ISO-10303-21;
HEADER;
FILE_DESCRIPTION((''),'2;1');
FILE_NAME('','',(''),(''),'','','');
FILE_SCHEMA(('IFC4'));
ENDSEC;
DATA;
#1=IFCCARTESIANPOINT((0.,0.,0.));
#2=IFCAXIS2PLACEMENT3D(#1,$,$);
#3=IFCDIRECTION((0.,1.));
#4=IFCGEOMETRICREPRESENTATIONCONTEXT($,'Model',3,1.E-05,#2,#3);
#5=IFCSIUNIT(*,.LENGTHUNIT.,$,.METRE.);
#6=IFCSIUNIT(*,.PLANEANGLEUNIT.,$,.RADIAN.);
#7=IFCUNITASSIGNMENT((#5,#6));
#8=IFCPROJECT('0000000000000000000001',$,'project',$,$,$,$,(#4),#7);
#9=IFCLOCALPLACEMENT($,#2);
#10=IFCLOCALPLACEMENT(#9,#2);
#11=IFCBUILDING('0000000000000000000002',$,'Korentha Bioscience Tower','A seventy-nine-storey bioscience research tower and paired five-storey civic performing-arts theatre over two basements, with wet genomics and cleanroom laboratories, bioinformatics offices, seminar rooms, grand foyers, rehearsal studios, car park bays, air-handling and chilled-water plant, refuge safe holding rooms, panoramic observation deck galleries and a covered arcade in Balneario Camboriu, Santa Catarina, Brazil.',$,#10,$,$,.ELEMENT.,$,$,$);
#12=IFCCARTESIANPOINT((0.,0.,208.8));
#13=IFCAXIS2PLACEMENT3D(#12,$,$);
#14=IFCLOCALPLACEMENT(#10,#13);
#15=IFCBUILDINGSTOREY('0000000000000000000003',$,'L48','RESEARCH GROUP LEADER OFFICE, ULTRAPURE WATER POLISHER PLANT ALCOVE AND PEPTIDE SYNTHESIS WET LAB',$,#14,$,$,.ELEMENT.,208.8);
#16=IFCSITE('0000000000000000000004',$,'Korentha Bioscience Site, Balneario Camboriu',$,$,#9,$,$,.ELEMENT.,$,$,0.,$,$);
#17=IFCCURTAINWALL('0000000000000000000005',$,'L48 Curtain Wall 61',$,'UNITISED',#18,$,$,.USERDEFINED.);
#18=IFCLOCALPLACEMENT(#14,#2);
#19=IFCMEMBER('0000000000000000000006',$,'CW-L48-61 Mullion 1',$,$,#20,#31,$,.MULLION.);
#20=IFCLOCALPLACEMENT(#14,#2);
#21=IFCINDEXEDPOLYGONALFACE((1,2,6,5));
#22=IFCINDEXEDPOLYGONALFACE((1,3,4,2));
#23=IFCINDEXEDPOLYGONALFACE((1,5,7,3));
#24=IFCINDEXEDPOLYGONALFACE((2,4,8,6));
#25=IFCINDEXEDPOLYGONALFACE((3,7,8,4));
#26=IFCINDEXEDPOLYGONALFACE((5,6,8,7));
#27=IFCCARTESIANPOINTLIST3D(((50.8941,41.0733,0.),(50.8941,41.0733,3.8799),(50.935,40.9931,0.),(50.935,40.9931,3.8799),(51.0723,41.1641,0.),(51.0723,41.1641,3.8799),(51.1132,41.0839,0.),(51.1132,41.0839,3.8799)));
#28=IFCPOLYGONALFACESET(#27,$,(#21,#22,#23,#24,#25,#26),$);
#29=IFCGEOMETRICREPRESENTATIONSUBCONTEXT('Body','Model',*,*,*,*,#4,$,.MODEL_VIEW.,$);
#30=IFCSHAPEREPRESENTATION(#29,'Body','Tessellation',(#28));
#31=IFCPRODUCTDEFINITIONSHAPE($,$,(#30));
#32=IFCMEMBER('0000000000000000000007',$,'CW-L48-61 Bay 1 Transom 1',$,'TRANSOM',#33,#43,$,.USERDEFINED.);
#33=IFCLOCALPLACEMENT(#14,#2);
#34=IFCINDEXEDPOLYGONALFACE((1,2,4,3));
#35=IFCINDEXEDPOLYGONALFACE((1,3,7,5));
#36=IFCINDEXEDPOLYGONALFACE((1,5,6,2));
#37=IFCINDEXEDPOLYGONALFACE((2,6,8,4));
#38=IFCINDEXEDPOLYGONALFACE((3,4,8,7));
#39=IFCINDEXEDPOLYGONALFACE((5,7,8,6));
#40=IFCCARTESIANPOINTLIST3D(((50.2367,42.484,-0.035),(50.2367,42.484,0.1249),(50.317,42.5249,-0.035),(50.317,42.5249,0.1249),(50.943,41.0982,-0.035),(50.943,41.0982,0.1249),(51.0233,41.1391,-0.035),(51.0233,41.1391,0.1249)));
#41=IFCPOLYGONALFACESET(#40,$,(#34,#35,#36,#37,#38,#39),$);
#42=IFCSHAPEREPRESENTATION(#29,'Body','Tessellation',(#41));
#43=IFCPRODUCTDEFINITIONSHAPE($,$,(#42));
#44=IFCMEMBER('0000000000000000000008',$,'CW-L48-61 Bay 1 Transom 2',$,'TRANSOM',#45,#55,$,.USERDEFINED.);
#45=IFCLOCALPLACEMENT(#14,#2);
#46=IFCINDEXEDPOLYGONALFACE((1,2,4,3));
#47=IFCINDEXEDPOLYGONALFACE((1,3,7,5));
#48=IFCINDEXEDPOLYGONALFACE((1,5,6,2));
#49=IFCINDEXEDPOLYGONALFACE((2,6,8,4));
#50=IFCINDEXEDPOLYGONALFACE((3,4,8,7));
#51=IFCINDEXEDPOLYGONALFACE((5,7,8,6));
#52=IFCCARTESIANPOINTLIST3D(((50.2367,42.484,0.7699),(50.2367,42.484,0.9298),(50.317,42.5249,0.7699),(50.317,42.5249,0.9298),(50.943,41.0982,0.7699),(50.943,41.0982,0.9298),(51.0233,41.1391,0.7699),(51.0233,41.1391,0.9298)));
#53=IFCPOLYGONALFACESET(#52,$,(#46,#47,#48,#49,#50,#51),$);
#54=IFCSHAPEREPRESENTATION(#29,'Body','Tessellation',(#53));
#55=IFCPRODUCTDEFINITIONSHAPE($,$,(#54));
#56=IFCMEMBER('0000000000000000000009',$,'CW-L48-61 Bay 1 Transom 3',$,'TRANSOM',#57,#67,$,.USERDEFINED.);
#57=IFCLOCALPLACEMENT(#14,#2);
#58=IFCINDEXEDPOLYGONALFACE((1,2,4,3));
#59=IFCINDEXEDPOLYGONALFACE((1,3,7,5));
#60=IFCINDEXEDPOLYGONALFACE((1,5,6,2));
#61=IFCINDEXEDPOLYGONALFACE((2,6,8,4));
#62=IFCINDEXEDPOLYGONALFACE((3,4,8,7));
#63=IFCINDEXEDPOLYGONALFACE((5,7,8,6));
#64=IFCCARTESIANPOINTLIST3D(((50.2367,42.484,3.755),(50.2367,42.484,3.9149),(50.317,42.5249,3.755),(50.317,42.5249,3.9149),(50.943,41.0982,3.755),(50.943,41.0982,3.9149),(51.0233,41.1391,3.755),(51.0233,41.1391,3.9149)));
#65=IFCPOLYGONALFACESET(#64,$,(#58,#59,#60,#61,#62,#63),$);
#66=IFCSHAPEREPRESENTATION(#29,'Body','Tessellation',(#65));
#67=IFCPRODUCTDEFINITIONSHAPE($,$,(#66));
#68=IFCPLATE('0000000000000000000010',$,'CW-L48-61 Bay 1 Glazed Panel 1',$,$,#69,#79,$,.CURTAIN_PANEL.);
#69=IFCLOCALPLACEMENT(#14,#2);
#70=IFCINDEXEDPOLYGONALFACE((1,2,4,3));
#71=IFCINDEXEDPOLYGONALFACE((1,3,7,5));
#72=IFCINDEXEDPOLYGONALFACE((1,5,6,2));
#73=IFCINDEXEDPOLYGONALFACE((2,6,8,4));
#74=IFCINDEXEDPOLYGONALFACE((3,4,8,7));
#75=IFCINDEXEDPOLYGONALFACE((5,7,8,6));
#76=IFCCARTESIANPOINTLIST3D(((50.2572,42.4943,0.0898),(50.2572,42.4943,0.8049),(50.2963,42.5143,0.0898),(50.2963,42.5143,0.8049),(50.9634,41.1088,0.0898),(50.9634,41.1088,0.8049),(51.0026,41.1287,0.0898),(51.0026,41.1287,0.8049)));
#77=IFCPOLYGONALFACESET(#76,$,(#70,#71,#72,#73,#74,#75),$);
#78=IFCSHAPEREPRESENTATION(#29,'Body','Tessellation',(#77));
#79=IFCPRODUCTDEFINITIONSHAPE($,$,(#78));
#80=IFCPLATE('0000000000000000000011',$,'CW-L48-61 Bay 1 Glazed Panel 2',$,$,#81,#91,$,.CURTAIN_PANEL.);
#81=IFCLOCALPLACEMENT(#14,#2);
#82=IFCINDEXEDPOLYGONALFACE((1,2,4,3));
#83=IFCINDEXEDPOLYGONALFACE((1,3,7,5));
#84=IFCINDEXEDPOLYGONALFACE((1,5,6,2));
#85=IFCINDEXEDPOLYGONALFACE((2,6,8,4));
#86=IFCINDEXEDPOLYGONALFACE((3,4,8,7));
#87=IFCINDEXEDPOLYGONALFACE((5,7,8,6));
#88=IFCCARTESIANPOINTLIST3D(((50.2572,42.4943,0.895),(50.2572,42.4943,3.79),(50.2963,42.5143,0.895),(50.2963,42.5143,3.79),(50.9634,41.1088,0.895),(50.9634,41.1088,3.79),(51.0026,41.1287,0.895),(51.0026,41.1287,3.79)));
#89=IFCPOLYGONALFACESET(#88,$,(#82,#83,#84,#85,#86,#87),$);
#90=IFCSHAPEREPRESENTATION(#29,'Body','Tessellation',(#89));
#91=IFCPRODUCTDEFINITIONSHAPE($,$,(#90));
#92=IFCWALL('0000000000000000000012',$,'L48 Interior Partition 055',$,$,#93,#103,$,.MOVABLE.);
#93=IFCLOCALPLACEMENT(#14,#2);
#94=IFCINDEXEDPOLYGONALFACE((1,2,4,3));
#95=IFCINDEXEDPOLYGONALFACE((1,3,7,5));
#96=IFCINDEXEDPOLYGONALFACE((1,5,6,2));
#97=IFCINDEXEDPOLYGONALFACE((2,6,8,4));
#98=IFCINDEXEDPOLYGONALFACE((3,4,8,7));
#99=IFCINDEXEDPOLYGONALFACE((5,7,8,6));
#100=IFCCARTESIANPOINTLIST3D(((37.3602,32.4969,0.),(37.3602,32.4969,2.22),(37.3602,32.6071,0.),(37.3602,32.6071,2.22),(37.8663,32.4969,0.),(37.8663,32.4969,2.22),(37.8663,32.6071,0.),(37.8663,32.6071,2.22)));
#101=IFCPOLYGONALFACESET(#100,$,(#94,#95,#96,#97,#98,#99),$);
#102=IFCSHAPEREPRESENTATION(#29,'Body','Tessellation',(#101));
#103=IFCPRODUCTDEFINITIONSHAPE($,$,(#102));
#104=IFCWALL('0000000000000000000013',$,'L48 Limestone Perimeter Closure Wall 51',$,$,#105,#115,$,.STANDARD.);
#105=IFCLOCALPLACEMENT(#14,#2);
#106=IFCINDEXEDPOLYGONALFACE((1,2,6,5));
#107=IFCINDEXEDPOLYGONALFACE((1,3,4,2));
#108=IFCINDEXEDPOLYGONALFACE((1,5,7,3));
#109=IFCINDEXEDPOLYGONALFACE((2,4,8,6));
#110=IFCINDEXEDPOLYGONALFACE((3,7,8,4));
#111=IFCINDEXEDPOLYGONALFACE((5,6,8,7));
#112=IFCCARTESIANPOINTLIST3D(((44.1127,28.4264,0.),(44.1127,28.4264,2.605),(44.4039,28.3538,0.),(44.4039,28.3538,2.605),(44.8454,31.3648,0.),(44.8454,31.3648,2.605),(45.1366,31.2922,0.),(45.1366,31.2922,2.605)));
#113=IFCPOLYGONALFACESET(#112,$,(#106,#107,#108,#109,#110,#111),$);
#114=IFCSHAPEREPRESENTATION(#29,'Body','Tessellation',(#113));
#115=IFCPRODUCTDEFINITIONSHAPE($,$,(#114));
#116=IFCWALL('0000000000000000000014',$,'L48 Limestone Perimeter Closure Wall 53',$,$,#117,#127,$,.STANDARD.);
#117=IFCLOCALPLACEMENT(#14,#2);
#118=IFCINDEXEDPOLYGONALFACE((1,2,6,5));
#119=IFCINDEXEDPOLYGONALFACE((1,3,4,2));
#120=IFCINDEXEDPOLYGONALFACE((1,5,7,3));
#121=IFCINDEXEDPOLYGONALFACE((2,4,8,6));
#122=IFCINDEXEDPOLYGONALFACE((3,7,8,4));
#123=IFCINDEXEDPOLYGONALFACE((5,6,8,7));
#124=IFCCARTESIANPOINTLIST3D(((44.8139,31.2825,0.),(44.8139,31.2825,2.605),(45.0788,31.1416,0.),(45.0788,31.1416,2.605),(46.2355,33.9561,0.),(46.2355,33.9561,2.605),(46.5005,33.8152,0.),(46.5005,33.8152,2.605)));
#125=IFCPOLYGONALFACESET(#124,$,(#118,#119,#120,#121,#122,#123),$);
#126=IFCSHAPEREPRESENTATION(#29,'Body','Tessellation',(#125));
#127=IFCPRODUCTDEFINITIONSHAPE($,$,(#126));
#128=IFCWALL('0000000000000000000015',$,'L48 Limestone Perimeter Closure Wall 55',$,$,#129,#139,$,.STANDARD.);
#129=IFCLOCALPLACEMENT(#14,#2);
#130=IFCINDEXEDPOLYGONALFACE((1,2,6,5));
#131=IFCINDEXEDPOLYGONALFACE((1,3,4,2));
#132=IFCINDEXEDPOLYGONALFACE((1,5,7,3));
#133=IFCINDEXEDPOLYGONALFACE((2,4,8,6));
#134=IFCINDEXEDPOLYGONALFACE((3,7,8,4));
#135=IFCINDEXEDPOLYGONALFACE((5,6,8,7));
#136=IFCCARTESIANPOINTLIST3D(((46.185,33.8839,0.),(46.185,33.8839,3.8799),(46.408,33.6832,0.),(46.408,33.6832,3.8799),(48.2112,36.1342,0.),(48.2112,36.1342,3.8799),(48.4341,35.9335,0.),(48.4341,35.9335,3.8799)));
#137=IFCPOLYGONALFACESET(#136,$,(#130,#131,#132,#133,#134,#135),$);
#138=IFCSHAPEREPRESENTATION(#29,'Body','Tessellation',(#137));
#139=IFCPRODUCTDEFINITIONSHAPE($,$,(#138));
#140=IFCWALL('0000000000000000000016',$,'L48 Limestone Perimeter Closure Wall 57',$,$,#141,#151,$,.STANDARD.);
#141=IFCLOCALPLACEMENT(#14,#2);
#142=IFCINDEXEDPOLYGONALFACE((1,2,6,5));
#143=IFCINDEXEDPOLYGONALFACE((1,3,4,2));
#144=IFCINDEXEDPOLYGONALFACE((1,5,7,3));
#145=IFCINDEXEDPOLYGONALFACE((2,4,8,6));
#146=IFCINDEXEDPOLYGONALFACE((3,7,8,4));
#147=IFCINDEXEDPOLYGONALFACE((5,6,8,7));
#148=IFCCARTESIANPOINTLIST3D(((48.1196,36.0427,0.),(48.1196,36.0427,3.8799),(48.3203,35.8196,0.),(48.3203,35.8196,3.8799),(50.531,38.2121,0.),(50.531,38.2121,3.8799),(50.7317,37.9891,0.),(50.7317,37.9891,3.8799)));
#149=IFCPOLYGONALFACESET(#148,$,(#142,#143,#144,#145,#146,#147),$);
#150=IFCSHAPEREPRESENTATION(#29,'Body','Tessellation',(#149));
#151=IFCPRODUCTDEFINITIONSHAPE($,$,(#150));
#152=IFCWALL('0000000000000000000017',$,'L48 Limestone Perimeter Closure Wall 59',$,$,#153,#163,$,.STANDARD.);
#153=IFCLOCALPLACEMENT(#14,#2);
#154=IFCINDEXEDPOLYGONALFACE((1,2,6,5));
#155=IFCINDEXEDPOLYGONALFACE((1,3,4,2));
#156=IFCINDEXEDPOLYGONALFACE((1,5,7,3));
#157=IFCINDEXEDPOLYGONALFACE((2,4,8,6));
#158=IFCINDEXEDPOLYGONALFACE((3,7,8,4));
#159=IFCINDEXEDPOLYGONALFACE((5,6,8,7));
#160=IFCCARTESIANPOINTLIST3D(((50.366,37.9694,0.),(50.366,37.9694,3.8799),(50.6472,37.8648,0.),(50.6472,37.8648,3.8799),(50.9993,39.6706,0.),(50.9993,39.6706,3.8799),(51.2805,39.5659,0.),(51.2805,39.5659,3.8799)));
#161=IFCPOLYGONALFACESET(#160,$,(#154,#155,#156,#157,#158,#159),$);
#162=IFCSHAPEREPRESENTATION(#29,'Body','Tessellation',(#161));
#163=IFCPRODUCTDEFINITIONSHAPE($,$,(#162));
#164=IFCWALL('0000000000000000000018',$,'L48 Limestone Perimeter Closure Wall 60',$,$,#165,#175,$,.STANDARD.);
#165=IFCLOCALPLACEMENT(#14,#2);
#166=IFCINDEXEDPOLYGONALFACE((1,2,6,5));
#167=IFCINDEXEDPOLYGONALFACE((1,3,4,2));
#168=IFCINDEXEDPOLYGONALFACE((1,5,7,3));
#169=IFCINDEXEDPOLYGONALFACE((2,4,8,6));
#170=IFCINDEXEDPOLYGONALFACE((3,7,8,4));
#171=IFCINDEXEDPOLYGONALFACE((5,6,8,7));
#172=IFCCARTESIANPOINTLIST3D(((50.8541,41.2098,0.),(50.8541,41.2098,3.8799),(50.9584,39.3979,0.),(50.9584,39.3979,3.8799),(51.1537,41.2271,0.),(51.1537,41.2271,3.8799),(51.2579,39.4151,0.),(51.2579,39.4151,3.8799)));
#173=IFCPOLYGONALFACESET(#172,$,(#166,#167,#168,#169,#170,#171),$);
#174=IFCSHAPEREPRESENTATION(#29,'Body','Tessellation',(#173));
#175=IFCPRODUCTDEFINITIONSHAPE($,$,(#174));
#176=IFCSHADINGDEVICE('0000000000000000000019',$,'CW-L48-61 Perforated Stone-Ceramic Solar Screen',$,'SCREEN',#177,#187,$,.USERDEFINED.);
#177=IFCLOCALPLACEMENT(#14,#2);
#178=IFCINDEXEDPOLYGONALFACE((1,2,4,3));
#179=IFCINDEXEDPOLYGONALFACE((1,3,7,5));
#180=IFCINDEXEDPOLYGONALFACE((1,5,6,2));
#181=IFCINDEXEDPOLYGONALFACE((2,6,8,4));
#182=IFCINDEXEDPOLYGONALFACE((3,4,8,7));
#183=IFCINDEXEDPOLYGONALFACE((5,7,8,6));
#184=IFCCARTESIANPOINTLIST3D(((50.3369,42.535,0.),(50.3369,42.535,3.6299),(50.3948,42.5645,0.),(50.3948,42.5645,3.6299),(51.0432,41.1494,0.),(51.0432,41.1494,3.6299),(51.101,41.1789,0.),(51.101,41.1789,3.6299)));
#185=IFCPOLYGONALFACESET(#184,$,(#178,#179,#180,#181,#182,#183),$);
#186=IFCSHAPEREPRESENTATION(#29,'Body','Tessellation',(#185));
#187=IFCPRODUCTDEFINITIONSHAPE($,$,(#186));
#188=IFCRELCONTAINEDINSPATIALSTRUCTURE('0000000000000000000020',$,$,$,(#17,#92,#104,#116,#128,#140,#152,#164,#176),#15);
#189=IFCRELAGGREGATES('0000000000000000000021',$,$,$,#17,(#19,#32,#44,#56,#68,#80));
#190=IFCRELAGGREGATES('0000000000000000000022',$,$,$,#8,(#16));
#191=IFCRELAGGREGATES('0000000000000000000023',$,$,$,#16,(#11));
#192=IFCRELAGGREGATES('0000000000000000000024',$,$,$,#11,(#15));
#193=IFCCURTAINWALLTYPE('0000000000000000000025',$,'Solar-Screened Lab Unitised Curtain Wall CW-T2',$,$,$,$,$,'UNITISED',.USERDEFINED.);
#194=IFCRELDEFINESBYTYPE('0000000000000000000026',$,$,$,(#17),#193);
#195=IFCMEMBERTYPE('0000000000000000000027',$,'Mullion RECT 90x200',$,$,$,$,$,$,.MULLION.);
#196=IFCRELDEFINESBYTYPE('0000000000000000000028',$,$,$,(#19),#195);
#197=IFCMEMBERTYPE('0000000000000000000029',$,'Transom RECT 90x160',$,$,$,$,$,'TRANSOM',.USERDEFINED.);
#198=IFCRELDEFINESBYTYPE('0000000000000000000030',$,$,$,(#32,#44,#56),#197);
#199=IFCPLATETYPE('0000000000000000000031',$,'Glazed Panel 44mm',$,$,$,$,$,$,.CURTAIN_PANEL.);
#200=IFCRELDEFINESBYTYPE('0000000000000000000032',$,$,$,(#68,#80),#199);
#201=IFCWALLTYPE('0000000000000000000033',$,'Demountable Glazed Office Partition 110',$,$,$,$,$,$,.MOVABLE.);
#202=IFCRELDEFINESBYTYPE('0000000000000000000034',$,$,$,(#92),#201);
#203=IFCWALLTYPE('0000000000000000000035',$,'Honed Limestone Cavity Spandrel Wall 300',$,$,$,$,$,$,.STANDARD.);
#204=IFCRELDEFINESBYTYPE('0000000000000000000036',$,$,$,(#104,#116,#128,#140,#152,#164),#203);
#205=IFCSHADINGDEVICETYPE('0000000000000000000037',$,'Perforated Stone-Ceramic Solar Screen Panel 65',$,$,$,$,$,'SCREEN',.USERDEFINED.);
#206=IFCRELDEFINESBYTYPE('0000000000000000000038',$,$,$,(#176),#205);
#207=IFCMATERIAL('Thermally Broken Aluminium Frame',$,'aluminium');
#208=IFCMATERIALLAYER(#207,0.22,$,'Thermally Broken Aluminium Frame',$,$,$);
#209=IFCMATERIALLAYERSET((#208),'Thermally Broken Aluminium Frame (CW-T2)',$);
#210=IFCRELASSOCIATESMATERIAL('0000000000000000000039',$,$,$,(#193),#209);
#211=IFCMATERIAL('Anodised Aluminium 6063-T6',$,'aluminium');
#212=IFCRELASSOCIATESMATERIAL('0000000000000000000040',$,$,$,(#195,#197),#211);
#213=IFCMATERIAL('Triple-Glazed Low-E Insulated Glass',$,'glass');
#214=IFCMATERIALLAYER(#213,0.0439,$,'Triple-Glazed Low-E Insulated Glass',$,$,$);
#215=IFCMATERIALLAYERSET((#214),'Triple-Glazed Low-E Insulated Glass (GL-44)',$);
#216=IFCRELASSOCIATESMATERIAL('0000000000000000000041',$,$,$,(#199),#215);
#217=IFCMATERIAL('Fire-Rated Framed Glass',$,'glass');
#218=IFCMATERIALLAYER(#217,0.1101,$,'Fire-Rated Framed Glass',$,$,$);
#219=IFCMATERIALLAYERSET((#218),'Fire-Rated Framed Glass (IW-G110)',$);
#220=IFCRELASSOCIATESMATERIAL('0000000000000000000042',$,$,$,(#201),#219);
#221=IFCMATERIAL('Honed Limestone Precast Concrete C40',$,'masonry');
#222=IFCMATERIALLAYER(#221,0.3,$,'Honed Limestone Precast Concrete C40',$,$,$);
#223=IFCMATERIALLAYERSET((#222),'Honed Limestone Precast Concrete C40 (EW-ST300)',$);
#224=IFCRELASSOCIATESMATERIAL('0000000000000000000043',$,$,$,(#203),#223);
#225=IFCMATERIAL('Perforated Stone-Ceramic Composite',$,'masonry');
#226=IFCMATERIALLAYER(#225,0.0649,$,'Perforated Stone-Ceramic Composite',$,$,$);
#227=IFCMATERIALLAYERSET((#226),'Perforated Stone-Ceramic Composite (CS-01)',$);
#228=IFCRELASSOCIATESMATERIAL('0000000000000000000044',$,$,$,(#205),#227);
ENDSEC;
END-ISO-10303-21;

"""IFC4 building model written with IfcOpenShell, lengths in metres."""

from ifc_helpers import new_model, si_unit, direction, frame, frame_2d, origin, origin_2d, place, context, subcontext, project, spatial, rectangle, extrude, material, layer, layer_set, material_profile, profile_set, type_object, element, aggregate, save


model = new_model("IFC4")

# Units and contexts
model_context = context("Model", 3, precision=1e-05, world=origin(), true_north=direction((0.0, 1.0)))
body_context = subcontext(model_context, "Body", "Model", "MODEL_VIEW")
ifc_project = project(units=[si_unit("LENGTHUNIT", "METRE"), si_unit("PLANEANGLEUNIT", "RADIAN")], contexts=[model_context])

# Site, building, storey
site_placement = place(None, origin())
site = spatial("IfcSite", under=ifc_project, at=site_placement, Name="Korentha Bioscience Site, Balneario Camboriu", CompositionType="ELEMENT", RefElevation=0.0)
building_placement = place(site_placement, origin())
building = spatial("IfcBuilding", under=site, at=building_placement, Name="Korentha Bioscience Tower", Description="A seventy-nine-storey bioscience research tower and paired five-storey civic performing-arts theatre over two basements, with wet genomics and cleanroom laboratories, bioinformatics offices, seminar rooms, grand foyers, rehearsal studios, car park bays, air-handling and chilled-water plant, refuge safe holding rooms, panoramic observation deck galleries and a covered arcade in Balneario Camboriu, Santa Catarina, Brazil.", CompositionType="ELEMENT")
storey_placement = place(building_placement, frame((0.0, 0.0, 208.8)))
storey = spatial("IfcBuildingStorey", under=building, at=storey_placement, Name="L48", Description="RESEARCH GROUP LEADER OFFICE, ULTRAPURE WATER POLISHER PLANT ALCOVE AND PEPTIDE SYNTHESIS WET LAB", CompositionType="ELEMENT", Elevation=208.8)

# Curtain wall, members, plates
ifc_material_1 = material(Name="Thermally Broken Aluminium Frame", Category="aluminium")
ifc_layer_1 = layer(ifc_material_1, 0.22, Name="Thermally Broken Aluminium Frame")
ifc_layer_set_1 = layer_set([ifc_layer_1], Name="Thermally Broken Aluminium Frame (CW-T2)")
curtain_wall_type = type_object("IfcCurtainWallType", Name="Solar-Screened Lab Unitised Curtain Wall CW-T2", ElementType="UNITISED", PredefinedType="USERDEFINED", material=ifc_layer_set_1)
curtain_wall_placement = place(storey_placement, origin())
curtain_wall = element("IfcCurtainWall", 1, at=curtain_wall_placement, inside=storey, type_object=curtain_wall_type, Name="L48 Curtain Wall 61", ObjectType="UNITISED", PredefinedType="USERDEFINED")
ifc_material_2 = material(Name="Anodised Aluminium 6063-T6", Category="aluminium")
ifc_material_profile_1 = material_profile(ifc_material_2, rectangle(XDim=0.0901, YDim=0.2, at=origin_2d()), Name="Anodised Aluminium 6063-T6")
ifc_profile_set_1 = profile_set([ifc_material_profile_1], Name="Anodised Aluminium 6063-T6 (CW-MUL)")
member_type_1 = type_object("IfcMemberType", Name="Mullion RECT 90x200", PredefinedType="MULLION", material=ifc_profile_set_1)
member_1_placement = place(storey_placement, frame((51.0037, 41.0786, 0.0), z_axis=(0.0, 0.0, 1.0), x_axis=(-0.454116, 0.890943, 0.0)))
member_1 = element("IfcMember", 2, at=member_1_placement, type_object=member_type_1, Name="CW-L48-61 Mullion 1", PredefinedType="MULLION", context=body_context, shape_type="SweptSolid", body=[
    extrude(rectangle(XDim=0.0901, YDim=0.2, at=origin_2d()), origin(), (0.0, 0.0, 1.0), 3.8799),
])
ifc_material_profile_2 = material_profile(ifc_material_2, rectangle(XDim=0.0901, YDim=0.1599, at=origin_2d()), Name="Anodised Aluminium 6063-T6")
ifc_profile_set_2 = profile_set([ifc_material_profile_2], Name="Anodised Aluminium 6063-T6 (CW-TRN)")
member_type_2 = type_object("IfcMemberType", Name="Transom RECT 90x160", ElementType="TRANSOM", PredefinedType="USERDEFINED", material=ifc_profile_set_2)
member_2_placement = place(storey_placement, frame((50.9832, 41.1187, 0.0449), z_axis=(-0.454107, 0.890947, 0.0), x_axis=(-0.890947, -0.454107, 0.0)))
member_2 = element("IfcMember", 3, at=member_2_placement, type_object=member_type_2, Name="CW-L48-61 Bay 1 Transom 1", ObjectType="TRANSOM", PredefinedType="USERDEFINED", context=body_context, shape_type="SweptSolid", body=[
    extrude(rectangle(XDim=0.0901, YDim=0.1599, at=origin_2d()), origin(), (0.0, 0.0, 1.0), 1.5554),
])
member_3_placement = place(storey_placement, frame((50.9832, 41.1187, 0.8499), z_axis=(-0.454107, 0.890947, 0.0), x_axis=(-0.890947, -0.454107, 0.0)))
member_3 = element("IfcMember", 4, at=member_3_placement, type_object=member_type_2, Name="CW-L48-61 Bay 1 Transom 2", ObjectType="TRANSOM", PredefinedType="USERDEFINED", context=body_context, shape_type="SweptSolid", body=[
    extrude(rectangle(XDim=0.0901, YDim=0.1599, at=origin_2d()), origin(), (0.0, 0.0, 1.0), 1.5554),
])
member_4_placement = place(storey_placement, frame((50.9832, 41.1187, 3.835), z_axis=(-0.454107, 0.890947, 0.0), x_axis=(-0.890947, -0.454107, 0.0)))
member_4 = element("IfcMember", 5, at=member_4_placement, type_object=member_type_2, Name="CW-L48-61 Bay 1 Transom 3", ObjectType="TRANSOM", PredefinedType="USERDEFINED", context=body_context, shape_type="SweptSolid", body=[
    extrude(rectangle(XDim=0.0901, YDim=0.1599, at=origin_2d()), origin(), (0.0, 0.0, 1.0), 1.5554),
])
ifc_material_3 = material(Name="Triple-Glazed Low-E Insulated Glass", Category="glass")
ifc_layer_2 = layer(ifc_material_3, 0.0439, Name="Triple-Glazed Low-E Insulated Glass")
ifc_layer_set_2 = layer_set([ifc_layer_2], Name="Triple-Glazed Low-E Insulated Glass (GL-44)")
plate_type = type_object("IfcPlateType", Name="Glazed Panel 44mm", PredefinedType="CURTAIN_PANEL", material=ifc_layer_set_2)
plate_1_placement = place(storey_placement, frame((50.6299, 41.8115, 0.0898), z_axis=(0.0, 0.0, 1.0), x_axis=(-0.454116, 0.890943, 0.0)))
plate_1 = element("IfcPlate", 6, at=plate_1_placement, type_object=plate_type, Name="CW-L48-61 Bay 1 Glazed Panel 1", PredefinedType="CURTAIN_PANEL", context=body_context, shape_type="SweptSolid", body=[
    extrude(rectangle(XDim=1.5552, YDim=0.0439, at=origin_2d()), origin(), (0.0, 0.0, 1.0), 0.7151),
])
plate_2_placement = place(storey_placement, frame((50.6299, 41.8115, 0.895), z_axis=(0.0, 0.0, 1.0), x_axis=(-0.454116, 0.890943, 0.0)))
plate_2 = element("IfcPlate", 7, at=plate_2_placement, type_object=plate_type, Name="CW-L48-61 Bay 1 Glazed Panel 2", PredefinedType="CURTAIN_PANEL", context=body_context, shape_type="SweptSolid", body=[
    extrude(rectangle(XDim=1.5552, YDim=0.0439, at=origin_2d()), origin(), (0.0, 0.0, 1.0), 2.895),
])
aggregate(curtain_wall, [member_1, member_2, member_3, member_4, plate_1, plate_2])

# Walls
ifc_material_4 = material(Name="Fire-Rated Framed Glass", Category="glass")
ifc_layer_3 = layer(ifc_material_4, 0.1101, Name="Fire-Rated Framed Glass")
ifc_layer_set_3 = layer_set([ifc_layer_3], Name="Fire-Rated Framed Glass (IW-G110)")
wall_type_1 = type_object("IfcWallType", Name="Demountable Glazed Office Partition 110", PredefinedType="MOVABLE", material=ifc_layer_set_3)
wall_1_placement = place(storey_placement, frame((37.8662, 32.552, 0.0), z_axis=(0.0, 0.0, 1.0), x_axis=(-1.0, 0.0, 0.0)))
element("IfcWall", 8, at=wall_1_placement, inside=storey, type_object=wall_type_1, Name="L48 Interior Partition 055", PredefinedType="MOVABLE", context=body_context, shape_type="SweptSolid", body=[
    extrude(rectangle(XDim=0.5061, YDim=0.1101, at=frame_2d((0.2529, 0.0))), origin(), (0.0, 0.0, 1.0), 2.22),
])
ifc_material_5 = material(Name="Honed Limestone Precast Concrete C40", Category="masonry")
ifc_layer_4 = layer(ifc_material_5, 0.3, Name="Honed Limestone Precast Concrete C40")
ifc_layer_set_4 = layer_set([ifc_layer_4], Name="Honed Limestone Precast Concrete C40 (EW-ST300)")
wall_type_2 = type_object("IfcWallType", Name="Honed Limestone Cavity Spandrel Wall 300", PredefinedType="STANDARD", material=ifc_layer_set_4)
wall_2_placement = place(storey_placement, frame((44.2583, 28.3901, 0.0), z_axis=(0.0, 0.0, 1.0), x_axis=(0.241948, 0.970289, 0.0)))
element("IfcWall", 9, at=wall_2_placement, inside=storey, type_object=wall_type_2, Name="L48 Limestone Perimeter Closure Wall 51", PredefinedType="STANDARD", context=body_context, shape_type="SweptSolid", body=[
    extrude(rectangle(XDim=3.0283, YDim=0.3, at=frame_2d((1.5142, 0.0))), origin(), (0.0, 0.0, 1.0), 2.605),
])
wall_3_placement = place(storey_placement, frame((44.9463, 31.2119, 0.0), z_axis=(0.0, 0.0, 1.0), x_axis=(0.469487, 0.882939, 0.0)))
element("IfcWall", 10, at=wall_3_placement, inside=storey, type_object=wall_type_2, Name="L48 Limestone Perimeter Closure Wall 53", PredefinedType="STANDARD", context=body_context, shape_type="SweptSolid", body=[
    extrude(rectangle(XDim=3.0281, YDim=0.3, at=frame_2d((1.5142, 0.0))), origin(), (0.0, 0.0, 1.0), 2.605),
])
wall_4_placement = place(storey_placement, frame((46.2964, 33.7834, 0.0), z_axis=(0.0, 0.0, 1.0), x_axis=(0.66913, 0.743146, 0.0)))
element("IfcWall", 11, at=wall_4_placement, inside=storey, type_object=wall_type_2, Name="L48 Limestone Perimeter Closure Wall 55", PredefinedType="STANDARD", context=body_context, shape_type="SweptSolid", body=[
    extrude(rectangle(XDim=3.0281, YDim=0.3, at=frame_2d((1.5142, 0.0))), origin(), (0.0, 0.0, 1.0), 3.8799),
])
wall_5_placement = place(storey_placement, frame((48.22, 35.9312, 0.0), z_axis=(0.0, 0.0, 1.0), x_axis=(0.743418, 0.668827, 0.0)))
element("IfcWall", 12, at=wall_5_placement, inside=storey, type_object=wall_type_2, Name="L48 Limestone Perimeter Closure Wall 57", PredefinedType="STANDARD", context=body_context, shape_type="SweptSolid", body=[
    extrude(rectangle(XDim=3.2437, YDim=0.3, at=frame_2d((1.6218, 0.0))), origin(), (0.0, 0.0, 1.0), 3.8799),
])
wall_6_placement = place(storey_placement, frame((50.5066, 37.917, 0.0), z_axis=(0.0, 0.0, 1.0), x_axis=(0.348882, 0.937167, 0.0)))
element("IfcWall", 13, at=wall_6_placement, inside=storey, type_object=wall_type_2, Name="L48 Limestone Perimeter Closure Wall 59", PredefinedType="STANDARD", context=body_context, shape_type="SweptSolid", body=[
    extrude(rectangle(XDim=1.8152, YDim=0.3, at=frame_2d((0.9077, 0.0))), origin(), (0.0, 0.0, 1.0), 3.8799),
])
wall_7_placement = place(storey_placement, frame((51.1082, 39.4065, 0.0), z_axis=(0.0, 0.0, 1.0), x_axis=(-0.057437, 0.998349, 0.0)))
element("IfcWall", 14, at=wall_7_placement, inside=storey, type_object=wall_type_2, Name="L48 Limestone Perimeter Closure Wall 60", PredefinedType="STANDARD", context=body_context, shape_type="SweptSolid", body=[
    extrude(rectangle(XDim=1.8149, YDim=0.3, at=frame_2d((0.9075, 0.0))), origin(), (0.0, 0.0, 1.0), 3.8799),
])

# Shading device
ifc_material_6 = material(Name="Perforated Stone-Ceramic Composite", Category="masonry")
ifc_layer_5 = layer(ifc_material_6, 0.0649, Name="Perforated Stone-Ceramic Composite")
ifc_layer_set_5 = layer_set([ifc_layer_5], Name="Perforated Stone-Ceramic Composite (CS-01)")
shading_device_type_1 = type_object("IfcShadingDeviceType", Name="Perforated Stone-Ceramic Solar Screen Panel 65", ElementType="SCREEN", PredefinedType="USERDEFINED", material=ifc_layer_set_5)
shading_device_1_placement = place(storey_placement, frame((50.719, 41.8569, 0.0), z_axis=(0.0, 0.0, 1.0), x_axis=(-0.454116, 0.890943, 0.0)))
element("IfcShadingDevice", 15, at=shading_device_1_placement, inside=storey, type_object=shading_device_type_1, Name="CW-L48-61 Perforated Stone-Ceramic Solar Screen", ObjectType="SCREEN", PredefinedType="USERDEFINED", context=body_context, shape_type="SweptSolid", body=[
    extrude(rectangle(XDim=1.5552, YDim=0.0649, at=origin_2d()), origin(), (0.0, 0.0, 1.0), 3.6299),
])

save(model, "model.ifc")
